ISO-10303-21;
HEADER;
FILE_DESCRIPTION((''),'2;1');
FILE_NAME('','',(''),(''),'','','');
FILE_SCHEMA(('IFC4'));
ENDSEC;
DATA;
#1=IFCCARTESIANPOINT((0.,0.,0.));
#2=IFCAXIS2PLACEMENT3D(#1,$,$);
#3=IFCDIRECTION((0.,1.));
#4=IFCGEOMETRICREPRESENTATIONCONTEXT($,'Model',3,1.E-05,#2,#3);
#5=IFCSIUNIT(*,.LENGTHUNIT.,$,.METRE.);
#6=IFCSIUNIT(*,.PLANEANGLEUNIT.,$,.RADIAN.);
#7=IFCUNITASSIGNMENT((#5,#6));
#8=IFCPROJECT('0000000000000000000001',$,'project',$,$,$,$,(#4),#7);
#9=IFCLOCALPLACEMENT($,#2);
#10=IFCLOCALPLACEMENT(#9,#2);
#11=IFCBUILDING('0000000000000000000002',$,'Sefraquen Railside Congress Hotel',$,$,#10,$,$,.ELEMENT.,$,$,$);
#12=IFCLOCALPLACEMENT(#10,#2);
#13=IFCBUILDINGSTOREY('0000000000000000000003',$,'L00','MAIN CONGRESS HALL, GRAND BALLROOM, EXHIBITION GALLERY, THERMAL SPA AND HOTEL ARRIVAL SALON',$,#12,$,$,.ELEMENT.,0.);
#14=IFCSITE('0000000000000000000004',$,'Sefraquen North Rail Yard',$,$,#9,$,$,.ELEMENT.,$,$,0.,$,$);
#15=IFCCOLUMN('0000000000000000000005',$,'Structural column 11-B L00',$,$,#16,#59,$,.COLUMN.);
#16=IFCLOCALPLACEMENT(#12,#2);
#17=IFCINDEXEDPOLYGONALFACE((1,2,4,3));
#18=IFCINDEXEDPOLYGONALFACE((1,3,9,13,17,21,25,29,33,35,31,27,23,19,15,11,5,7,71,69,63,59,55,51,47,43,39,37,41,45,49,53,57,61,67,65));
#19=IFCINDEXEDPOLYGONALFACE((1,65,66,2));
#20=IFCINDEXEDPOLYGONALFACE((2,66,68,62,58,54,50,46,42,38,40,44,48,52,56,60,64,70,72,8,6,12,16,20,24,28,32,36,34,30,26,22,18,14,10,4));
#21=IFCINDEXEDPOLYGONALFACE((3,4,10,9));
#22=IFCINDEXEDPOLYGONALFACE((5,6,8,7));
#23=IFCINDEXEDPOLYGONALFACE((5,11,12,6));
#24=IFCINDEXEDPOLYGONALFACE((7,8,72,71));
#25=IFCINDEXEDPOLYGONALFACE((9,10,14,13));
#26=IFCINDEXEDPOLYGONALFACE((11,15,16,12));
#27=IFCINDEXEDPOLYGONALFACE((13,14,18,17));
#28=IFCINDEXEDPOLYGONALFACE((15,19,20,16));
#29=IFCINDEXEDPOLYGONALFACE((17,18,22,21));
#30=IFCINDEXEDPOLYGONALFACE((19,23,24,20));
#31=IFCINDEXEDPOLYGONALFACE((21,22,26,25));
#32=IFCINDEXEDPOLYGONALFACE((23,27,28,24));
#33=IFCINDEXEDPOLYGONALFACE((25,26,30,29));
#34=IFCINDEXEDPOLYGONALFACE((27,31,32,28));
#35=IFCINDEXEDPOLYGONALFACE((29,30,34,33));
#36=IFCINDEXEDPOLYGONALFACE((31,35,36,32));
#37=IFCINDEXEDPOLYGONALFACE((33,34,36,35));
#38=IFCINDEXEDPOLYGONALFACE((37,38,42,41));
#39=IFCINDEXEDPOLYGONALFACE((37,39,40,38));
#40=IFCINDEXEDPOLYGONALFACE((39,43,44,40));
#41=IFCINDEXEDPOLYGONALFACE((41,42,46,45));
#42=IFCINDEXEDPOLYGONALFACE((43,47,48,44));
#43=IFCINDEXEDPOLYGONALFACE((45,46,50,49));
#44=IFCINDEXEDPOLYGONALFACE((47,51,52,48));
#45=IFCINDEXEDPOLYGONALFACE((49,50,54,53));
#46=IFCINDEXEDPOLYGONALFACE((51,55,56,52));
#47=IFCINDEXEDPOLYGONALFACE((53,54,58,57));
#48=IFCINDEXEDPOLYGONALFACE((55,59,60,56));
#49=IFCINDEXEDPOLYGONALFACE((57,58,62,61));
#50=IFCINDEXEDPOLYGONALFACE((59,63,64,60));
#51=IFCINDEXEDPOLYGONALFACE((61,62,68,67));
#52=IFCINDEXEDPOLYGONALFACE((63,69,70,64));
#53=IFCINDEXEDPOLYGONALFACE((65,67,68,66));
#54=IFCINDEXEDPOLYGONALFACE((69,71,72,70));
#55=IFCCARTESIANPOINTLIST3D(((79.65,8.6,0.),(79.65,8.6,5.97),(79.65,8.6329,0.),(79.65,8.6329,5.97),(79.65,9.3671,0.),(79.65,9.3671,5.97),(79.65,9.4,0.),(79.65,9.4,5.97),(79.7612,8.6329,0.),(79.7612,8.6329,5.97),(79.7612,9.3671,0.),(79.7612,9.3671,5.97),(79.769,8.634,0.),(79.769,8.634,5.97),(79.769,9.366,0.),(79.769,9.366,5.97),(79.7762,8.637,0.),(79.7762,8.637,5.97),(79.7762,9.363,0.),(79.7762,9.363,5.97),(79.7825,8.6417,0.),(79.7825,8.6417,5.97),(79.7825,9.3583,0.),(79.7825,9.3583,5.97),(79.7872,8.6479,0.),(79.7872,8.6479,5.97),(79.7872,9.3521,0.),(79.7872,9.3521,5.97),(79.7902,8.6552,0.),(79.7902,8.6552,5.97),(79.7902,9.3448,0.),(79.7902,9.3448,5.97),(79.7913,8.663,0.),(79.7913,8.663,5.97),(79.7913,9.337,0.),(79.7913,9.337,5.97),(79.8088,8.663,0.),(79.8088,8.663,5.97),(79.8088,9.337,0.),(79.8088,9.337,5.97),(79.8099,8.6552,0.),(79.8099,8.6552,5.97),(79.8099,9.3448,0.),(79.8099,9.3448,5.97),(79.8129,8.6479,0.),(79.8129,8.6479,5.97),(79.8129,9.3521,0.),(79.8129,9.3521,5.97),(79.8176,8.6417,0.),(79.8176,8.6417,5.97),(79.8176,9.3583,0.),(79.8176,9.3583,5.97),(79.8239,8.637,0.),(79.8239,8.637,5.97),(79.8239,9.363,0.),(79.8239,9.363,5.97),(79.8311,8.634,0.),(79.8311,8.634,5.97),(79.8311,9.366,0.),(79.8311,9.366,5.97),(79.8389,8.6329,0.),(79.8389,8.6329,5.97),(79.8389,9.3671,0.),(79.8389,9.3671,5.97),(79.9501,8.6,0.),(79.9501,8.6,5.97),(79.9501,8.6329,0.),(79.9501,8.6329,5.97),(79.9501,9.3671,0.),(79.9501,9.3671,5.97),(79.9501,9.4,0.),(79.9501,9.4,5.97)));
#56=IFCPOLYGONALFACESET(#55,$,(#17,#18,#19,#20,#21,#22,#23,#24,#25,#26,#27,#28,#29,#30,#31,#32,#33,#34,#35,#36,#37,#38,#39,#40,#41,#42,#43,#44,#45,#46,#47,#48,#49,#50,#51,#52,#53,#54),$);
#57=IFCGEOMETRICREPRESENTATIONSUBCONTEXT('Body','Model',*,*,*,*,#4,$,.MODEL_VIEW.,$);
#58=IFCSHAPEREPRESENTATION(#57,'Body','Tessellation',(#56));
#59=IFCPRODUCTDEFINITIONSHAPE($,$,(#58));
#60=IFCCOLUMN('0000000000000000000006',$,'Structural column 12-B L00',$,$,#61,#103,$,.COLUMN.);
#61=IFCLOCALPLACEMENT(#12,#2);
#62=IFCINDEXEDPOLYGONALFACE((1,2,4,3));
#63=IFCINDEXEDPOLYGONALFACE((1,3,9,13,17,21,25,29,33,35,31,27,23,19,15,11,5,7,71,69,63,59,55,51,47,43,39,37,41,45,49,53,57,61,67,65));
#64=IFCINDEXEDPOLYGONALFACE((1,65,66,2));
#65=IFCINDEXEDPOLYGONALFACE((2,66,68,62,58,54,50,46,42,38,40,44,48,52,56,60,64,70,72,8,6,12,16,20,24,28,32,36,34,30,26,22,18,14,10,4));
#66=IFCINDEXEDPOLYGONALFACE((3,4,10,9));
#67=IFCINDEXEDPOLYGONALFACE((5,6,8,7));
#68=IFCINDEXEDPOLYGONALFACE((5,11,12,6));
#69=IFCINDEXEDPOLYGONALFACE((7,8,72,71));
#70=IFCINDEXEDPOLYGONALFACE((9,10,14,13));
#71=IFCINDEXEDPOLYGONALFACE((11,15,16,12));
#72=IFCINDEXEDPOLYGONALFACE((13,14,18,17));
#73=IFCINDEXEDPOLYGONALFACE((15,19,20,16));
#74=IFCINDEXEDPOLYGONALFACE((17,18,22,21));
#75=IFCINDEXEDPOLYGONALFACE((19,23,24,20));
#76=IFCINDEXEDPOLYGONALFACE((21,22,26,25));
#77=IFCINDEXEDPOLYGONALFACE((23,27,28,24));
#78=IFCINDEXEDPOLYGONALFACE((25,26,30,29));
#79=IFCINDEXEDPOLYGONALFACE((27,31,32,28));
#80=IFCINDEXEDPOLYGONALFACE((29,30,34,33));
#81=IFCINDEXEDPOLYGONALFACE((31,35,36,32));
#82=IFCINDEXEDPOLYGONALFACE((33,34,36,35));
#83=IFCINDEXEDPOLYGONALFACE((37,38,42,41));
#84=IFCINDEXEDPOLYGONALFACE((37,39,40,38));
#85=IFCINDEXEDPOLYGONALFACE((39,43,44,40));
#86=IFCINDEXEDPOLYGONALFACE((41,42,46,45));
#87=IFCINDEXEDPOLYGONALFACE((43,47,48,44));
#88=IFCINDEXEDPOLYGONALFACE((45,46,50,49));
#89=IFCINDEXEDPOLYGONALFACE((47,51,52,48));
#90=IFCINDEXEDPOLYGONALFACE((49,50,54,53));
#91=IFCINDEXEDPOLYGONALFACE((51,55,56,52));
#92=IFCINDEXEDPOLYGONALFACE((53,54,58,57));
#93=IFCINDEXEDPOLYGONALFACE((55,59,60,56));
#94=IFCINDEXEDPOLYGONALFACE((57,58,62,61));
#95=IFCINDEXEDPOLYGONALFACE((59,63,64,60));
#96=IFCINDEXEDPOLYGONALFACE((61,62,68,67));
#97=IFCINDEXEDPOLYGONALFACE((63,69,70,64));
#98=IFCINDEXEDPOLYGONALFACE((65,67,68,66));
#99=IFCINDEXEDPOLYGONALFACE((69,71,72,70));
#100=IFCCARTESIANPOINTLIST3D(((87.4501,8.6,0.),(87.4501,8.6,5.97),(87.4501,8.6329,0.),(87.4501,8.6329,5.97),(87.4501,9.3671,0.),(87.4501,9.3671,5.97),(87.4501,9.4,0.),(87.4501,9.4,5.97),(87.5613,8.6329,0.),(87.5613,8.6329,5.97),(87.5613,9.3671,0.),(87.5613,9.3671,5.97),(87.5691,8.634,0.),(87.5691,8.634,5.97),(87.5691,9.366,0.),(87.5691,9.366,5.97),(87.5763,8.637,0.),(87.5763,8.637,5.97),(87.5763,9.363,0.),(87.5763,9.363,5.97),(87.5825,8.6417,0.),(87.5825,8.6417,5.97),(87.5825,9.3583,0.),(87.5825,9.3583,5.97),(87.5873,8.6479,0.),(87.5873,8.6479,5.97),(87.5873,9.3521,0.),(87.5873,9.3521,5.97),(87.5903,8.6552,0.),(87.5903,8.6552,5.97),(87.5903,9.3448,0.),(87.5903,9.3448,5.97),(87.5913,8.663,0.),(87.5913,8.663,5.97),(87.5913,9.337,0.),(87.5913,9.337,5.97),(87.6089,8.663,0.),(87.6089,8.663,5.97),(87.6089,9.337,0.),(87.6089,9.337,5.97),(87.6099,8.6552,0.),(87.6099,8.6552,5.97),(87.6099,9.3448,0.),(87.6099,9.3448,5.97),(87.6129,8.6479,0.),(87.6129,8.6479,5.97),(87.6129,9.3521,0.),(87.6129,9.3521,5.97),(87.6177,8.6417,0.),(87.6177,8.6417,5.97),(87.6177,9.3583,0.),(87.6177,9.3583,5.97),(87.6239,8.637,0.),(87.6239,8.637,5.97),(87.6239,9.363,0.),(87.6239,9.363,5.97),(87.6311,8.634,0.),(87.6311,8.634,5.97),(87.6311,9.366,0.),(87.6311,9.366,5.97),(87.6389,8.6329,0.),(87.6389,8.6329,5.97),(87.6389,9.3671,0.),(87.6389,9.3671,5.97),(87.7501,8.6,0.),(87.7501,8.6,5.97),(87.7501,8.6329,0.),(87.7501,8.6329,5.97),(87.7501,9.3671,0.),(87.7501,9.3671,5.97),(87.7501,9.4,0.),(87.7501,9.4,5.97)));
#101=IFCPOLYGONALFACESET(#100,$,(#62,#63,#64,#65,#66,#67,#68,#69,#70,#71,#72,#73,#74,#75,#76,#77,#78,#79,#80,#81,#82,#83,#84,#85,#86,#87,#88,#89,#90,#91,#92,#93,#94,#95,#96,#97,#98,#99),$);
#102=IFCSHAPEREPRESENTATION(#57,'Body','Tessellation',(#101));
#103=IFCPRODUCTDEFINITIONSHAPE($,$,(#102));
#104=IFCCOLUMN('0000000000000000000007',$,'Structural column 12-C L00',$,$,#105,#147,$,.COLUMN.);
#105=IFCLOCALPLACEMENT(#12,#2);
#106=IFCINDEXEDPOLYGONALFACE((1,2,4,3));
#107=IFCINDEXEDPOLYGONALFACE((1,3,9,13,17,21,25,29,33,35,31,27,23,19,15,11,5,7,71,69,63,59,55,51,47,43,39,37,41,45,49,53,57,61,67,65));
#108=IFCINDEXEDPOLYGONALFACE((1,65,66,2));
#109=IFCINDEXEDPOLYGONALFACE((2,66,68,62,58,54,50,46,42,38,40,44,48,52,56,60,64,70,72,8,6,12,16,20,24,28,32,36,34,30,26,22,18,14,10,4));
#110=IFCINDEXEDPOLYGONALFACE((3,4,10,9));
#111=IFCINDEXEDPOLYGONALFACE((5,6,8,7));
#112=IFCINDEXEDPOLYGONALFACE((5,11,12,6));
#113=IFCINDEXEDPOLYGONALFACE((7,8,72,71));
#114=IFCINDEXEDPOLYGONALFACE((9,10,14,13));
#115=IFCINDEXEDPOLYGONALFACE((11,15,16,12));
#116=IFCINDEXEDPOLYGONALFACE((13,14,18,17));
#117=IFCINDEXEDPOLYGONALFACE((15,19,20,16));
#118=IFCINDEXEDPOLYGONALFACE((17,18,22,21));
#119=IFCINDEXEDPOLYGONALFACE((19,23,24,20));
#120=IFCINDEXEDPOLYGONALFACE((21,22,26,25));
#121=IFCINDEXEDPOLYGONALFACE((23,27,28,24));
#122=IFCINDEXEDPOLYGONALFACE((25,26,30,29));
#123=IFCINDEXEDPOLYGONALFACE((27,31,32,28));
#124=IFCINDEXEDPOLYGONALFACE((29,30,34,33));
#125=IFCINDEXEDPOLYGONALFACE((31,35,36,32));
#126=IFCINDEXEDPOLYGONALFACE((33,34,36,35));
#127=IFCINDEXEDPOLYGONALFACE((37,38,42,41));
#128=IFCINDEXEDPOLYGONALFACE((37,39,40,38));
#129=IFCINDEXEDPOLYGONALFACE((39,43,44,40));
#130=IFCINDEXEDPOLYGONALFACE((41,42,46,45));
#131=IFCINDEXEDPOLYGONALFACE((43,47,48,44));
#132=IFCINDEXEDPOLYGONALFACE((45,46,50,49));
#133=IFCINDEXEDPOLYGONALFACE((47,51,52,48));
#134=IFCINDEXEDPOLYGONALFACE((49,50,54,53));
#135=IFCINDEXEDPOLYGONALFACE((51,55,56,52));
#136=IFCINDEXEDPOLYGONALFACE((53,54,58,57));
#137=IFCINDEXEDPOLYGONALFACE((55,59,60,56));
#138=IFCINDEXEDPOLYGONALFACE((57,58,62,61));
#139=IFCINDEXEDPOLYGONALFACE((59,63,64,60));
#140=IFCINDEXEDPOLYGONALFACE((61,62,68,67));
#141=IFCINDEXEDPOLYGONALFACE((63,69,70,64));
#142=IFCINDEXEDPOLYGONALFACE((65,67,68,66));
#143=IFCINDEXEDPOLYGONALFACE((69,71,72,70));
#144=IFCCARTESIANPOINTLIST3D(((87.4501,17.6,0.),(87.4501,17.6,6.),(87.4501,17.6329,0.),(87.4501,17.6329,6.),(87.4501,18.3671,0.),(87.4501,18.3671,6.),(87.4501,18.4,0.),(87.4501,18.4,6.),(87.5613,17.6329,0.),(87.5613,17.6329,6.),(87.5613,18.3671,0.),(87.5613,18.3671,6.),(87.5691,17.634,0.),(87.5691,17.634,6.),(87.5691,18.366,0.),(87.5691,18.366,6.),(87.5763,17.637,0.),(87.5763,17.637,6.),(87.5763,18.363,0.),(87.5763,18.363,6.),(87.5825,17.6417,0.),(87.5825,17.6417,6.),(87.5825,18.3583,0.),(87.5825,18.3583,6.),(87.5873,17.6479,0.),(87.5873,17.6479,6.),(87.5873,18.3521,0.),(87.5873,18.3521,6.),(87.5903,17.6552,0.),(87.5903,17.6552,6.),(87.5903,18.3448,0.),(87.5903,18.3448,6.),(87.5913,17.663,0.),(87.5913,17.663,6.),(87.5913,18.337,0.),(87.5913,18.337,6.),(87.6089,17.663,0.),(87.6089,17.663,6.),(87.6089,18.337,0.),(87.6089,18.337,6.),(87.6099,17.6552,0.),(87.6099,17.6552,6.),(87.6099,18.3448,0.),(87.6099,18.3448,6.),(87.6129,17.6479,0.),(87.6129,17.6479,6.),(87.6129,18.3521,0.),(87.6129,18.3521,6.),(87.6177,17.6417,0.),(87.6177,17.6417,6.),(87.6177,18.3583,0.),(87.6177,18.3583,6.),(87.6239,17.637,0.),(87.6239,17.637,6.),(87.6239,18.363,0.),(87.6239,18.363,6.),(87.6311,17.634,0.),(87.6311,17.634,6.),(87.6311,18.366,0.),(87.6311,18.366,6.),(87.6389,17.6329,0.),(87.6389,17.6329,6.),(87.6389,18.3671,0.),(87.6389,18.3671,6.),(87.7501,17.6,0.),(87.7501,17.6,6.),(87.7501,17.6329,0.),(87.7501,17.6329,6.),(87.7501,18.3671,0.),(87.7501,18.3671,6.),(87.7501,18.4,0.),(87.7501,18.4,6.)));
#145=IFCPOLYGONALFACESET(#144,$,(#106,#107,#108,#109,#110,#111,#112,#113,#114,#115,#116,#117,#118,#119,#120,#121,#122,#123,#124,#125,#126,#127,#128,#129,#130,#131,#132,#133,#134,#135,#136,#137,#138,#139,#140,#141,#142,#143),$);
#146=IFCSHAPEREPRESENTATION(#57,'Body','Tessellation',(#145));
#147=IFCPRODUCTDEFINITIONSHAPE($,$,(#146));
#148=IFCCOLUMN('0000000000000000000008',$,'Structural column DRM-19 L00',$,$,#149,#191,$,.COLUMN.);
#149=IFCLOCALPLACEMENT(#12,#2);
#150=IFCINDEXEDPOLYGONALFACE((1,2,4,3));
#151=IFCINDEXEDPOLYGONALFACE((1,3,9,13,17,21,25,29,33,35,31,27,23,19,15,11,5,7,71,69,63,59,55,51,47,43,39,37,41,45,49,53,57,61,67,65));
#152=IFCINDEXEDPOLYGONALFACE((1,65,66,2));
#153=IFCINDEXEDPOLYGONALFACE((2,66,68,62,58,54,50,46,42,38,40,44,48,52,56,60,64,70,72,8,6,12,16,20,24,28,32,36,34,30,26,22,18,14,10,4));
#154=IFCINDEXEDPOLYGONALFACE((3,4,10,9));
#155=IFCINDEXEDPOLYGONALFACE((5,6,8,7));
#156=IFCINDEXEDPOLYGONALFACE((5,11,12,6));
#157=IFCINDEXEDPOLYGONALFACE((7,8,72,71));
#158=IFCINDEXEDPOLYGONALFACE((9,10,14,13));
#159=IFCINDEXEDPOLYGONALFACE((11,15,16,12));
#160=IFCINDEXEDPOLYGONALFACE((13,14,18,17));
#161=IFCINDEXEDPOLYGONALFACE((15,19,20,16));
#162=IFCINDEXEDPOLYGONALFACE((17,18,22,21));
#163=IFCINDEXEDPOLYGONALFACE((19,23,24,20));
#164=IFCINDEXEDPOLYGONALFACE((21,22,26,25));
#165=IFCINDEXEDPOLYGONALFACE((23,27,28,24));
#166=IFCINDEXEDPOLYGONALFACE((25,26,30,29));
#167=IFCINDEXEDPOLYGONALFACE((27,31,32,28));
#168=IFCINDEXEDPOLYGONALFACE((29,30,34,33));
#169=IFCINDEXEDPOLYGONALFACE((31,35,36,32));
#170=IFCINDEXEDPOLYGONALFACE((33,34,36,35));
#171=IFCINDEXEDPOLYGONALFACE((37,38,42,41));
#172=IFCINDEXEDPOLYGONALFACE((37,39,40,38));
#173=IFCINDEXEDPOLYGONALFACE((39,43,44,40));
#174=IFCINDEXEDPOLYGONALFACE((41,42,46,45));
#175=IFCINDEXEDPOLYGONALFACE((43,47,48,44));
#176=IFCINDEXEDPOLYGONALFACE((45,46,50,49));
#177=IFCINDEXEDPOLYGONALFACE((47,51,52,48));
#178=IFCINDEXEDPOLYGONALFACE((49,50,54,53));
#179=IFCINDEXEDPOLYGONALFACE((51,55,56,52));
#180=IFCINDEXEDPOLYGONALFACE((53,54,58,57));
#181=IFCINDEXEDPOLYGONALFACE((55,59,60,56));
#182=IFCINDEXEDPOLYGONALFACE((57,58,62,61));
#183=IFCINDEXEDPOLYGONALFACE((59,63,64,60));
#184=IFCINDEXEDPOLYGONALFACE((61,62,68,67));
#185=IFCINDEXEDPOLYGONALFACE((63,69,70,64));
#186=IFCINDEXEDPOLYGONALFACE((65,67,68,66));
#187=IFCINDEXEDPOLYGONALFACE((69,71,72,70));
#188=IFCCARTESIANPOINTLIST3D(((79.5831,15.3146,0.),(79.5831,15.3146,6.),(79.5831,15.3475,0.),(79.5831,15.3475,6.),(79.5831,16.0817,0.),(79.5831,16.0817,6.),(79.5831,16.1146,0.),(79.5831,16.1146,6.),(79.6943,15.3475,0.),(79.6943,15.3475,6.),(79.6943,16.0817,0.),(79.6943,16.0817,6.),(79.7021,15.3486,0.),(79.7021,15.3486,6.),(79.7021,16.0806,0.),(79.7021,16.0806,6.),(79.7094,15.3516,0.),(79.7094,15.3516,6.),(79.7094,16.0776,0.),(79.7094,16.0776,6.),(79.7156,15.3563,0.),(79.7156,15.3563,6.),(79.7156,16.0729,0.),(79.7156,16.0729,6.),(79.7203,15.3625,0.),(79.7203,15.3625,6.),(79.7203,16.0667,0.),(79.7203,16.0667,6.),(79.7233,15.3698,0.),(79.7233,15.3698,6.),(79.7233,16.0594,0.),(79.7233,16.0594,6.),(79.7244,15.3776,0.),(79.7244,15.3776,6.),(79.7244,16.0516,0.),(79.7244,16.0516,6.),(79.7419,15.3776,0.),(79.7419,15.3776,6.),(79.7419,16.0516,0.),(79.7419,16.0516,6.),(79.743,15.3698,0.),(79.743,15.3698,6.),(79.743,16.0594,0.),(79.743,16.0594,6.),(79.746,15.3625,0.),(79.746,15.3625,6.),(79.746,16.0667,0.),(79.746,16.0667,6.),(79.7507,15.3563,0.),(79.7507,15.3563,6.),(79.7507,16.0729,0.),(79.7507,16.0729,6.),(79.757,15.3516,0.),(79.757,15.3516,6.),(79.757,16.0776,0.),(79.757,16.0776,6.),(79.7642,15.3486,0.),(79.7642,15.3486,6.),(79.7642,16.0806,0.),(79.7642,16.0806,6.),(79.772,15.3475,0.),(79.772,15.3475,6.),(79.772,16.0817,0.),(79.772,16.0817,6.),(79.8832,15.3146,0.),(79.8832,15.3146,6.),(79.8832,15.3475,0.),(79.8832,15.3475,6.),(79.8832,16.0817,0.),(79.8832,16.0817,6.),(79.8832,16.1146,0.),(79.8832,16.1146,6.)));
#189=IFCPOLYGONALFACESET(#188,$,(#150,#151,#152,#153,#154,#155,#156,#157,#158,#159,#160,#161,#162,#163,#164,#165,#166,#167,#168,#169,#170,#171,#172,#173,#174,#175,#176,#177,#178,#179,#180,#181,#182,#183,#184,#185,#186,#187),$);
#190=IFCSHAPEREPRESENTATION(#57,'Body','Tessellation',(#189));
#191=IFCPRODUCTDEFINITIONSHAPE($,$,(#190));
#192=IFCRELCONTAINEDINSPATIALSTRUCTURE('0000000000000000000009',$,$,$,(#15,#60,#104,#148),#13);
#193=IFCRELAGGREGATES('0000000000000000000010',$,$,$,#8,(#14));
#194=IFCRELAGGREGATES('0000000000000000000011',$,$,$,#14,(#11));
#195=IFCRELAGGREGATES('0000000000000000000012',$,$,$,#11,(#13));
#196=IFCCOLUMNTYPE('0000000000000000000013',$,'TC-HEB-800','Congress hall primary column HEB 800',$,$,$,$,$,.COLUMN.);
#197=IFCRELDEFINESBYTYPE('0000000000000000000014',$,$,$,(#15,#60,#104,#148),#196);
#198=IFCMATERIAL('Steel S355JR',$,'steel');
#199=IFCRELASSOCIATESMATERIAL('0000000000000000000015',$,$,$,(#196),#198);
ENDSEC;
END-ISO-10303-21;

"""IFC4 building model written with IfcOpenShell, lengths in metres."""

from ifc_helpers import new_model, si_unit, direction, frame, origin, origin_2d, place, context, subcontext, project, spatial, i_section, extrude, material, material_profile, profile_set, type_object, element, save


model = new_model("IFC4")

# Units and contexts
model_context = context("Model", 3, precision=1e-05, world=origin(), true_north=direction((0.0, 1.0)))
body_context = subcontext(model_context, "Body", "Model", "MODEL_VIEW")
ifc_project = project(units=[si_unit("LENGTHUNIT", "METRE"), si_unit("PLANEANGLEUNIT", "RADIAN")], contexts=[model_context])

# Site, building, storey
site_placement = place(None, origin())
site = spatial("IfcSite", under=ifc_project, at=site_placement, Name="Sefraquen North Rail Yard", CompositionType="ELEMENT", RefElevation=0.0)
building_placement = place(site_placement, origin())
building = spatial("IfcBuilding", under=site, at=building_placement, Name="Sefraquen Railside Congress Hotel", CompositionType="ELEMENT")
storey_placement = place(building_placement, origin())
storey = spatial("IfcBuildingStorey", under=building, at=storey_placement, Name="L00", Description="MAIN CONGRESS HALL, GRAND BALLROOM, EXHIBITION GALLERY, THERMAL SPA AND HOTEL ARRIVAL SALON", CompositionType="ELEMENT", Elevation=0.0)

# Columns
ifc_material_1 = material(Name="Steel S355JR", Category="steel")
ifc_material_profile_1 = material_profile(ifc_material_1, i_section(OverallWidth=0.3, OverallDepth=0.8, WebThickness=0.0176, FlangeThickness=0.033, FilletRadius=0.03, at=origin_2d()), Name="HEB 800")
ifc_profile_set_1 = profile_set([ifc_material_profile_1], Name="Steel S355JR")
column_type = type_object("IfcColumnType", Name="TC-HEB-800", Description="Congress hall primary column HEB 800", PredefinedType="COLUMN", material=ifc_profile_set_1)
for number, where, z_axis, x_axis, name in (
    (1, (79.8, 9.0, 0.0), (0.0, 0.0, 1.0), (1.0, 0.0, 0.0), "Structural column 11-B L00"),
    (2, (87.6001, 9.0, 0.0), (0.0, 0.0, 1.0), (1.0, 0.0, 0.0), "Structural column 12-B L00"),
):
    element("IfcColumn", number, at=place(storey_placement, frame(where, z_axis=z_axis, x_axis=x_axis)), inside=storey, type_object=column_type, Name=name, PredefinedType="COLUMN", context=body_context, shape_type="SweptSolid", body=[
        extrude(i_section(OverallWidth=0.3, OverallDepth=0.8, WebThickness=0.0176, FlangeThickness=0.033, FilletRadius=0.03, at=origin_2d()), origin(), (0.0, 0.0, 1.0), 5.97),
    ])
for number, where, z_axis, x_axis, name in (
    (3, (87.6001, 18.0, 0.0), (0.0, 0.0, 1.0), (1.0, 0.0, 0.0), "Structural column 12-C L00"),
    (4, (79.7332, 15.7146, 0.0), (0.0, 0.0, 1.0), (1.0, 0.0, 0.0), "Structural column DRM-19 L00"),
):
    element("IfcColumn", number, at=place(storey_placement, frame(where, z_axis=z_axis, x_axis=x_axis)), inside=storey, type_object=column_type, Name=name, PredefinedType="COLUMN", context=body_context, shape_type="SweptSolid", body=[
        extrude(i_section(OverallWidth=0.3, OverallDepth=0.8, WebThickness=0.0176, FlangeThickness=0.033, FilletRadius=0.03, at=origin_2d()), origin(), (0.0, 0.0, 1.0), 6.0),
    ])

save(model, "model.ifc")
